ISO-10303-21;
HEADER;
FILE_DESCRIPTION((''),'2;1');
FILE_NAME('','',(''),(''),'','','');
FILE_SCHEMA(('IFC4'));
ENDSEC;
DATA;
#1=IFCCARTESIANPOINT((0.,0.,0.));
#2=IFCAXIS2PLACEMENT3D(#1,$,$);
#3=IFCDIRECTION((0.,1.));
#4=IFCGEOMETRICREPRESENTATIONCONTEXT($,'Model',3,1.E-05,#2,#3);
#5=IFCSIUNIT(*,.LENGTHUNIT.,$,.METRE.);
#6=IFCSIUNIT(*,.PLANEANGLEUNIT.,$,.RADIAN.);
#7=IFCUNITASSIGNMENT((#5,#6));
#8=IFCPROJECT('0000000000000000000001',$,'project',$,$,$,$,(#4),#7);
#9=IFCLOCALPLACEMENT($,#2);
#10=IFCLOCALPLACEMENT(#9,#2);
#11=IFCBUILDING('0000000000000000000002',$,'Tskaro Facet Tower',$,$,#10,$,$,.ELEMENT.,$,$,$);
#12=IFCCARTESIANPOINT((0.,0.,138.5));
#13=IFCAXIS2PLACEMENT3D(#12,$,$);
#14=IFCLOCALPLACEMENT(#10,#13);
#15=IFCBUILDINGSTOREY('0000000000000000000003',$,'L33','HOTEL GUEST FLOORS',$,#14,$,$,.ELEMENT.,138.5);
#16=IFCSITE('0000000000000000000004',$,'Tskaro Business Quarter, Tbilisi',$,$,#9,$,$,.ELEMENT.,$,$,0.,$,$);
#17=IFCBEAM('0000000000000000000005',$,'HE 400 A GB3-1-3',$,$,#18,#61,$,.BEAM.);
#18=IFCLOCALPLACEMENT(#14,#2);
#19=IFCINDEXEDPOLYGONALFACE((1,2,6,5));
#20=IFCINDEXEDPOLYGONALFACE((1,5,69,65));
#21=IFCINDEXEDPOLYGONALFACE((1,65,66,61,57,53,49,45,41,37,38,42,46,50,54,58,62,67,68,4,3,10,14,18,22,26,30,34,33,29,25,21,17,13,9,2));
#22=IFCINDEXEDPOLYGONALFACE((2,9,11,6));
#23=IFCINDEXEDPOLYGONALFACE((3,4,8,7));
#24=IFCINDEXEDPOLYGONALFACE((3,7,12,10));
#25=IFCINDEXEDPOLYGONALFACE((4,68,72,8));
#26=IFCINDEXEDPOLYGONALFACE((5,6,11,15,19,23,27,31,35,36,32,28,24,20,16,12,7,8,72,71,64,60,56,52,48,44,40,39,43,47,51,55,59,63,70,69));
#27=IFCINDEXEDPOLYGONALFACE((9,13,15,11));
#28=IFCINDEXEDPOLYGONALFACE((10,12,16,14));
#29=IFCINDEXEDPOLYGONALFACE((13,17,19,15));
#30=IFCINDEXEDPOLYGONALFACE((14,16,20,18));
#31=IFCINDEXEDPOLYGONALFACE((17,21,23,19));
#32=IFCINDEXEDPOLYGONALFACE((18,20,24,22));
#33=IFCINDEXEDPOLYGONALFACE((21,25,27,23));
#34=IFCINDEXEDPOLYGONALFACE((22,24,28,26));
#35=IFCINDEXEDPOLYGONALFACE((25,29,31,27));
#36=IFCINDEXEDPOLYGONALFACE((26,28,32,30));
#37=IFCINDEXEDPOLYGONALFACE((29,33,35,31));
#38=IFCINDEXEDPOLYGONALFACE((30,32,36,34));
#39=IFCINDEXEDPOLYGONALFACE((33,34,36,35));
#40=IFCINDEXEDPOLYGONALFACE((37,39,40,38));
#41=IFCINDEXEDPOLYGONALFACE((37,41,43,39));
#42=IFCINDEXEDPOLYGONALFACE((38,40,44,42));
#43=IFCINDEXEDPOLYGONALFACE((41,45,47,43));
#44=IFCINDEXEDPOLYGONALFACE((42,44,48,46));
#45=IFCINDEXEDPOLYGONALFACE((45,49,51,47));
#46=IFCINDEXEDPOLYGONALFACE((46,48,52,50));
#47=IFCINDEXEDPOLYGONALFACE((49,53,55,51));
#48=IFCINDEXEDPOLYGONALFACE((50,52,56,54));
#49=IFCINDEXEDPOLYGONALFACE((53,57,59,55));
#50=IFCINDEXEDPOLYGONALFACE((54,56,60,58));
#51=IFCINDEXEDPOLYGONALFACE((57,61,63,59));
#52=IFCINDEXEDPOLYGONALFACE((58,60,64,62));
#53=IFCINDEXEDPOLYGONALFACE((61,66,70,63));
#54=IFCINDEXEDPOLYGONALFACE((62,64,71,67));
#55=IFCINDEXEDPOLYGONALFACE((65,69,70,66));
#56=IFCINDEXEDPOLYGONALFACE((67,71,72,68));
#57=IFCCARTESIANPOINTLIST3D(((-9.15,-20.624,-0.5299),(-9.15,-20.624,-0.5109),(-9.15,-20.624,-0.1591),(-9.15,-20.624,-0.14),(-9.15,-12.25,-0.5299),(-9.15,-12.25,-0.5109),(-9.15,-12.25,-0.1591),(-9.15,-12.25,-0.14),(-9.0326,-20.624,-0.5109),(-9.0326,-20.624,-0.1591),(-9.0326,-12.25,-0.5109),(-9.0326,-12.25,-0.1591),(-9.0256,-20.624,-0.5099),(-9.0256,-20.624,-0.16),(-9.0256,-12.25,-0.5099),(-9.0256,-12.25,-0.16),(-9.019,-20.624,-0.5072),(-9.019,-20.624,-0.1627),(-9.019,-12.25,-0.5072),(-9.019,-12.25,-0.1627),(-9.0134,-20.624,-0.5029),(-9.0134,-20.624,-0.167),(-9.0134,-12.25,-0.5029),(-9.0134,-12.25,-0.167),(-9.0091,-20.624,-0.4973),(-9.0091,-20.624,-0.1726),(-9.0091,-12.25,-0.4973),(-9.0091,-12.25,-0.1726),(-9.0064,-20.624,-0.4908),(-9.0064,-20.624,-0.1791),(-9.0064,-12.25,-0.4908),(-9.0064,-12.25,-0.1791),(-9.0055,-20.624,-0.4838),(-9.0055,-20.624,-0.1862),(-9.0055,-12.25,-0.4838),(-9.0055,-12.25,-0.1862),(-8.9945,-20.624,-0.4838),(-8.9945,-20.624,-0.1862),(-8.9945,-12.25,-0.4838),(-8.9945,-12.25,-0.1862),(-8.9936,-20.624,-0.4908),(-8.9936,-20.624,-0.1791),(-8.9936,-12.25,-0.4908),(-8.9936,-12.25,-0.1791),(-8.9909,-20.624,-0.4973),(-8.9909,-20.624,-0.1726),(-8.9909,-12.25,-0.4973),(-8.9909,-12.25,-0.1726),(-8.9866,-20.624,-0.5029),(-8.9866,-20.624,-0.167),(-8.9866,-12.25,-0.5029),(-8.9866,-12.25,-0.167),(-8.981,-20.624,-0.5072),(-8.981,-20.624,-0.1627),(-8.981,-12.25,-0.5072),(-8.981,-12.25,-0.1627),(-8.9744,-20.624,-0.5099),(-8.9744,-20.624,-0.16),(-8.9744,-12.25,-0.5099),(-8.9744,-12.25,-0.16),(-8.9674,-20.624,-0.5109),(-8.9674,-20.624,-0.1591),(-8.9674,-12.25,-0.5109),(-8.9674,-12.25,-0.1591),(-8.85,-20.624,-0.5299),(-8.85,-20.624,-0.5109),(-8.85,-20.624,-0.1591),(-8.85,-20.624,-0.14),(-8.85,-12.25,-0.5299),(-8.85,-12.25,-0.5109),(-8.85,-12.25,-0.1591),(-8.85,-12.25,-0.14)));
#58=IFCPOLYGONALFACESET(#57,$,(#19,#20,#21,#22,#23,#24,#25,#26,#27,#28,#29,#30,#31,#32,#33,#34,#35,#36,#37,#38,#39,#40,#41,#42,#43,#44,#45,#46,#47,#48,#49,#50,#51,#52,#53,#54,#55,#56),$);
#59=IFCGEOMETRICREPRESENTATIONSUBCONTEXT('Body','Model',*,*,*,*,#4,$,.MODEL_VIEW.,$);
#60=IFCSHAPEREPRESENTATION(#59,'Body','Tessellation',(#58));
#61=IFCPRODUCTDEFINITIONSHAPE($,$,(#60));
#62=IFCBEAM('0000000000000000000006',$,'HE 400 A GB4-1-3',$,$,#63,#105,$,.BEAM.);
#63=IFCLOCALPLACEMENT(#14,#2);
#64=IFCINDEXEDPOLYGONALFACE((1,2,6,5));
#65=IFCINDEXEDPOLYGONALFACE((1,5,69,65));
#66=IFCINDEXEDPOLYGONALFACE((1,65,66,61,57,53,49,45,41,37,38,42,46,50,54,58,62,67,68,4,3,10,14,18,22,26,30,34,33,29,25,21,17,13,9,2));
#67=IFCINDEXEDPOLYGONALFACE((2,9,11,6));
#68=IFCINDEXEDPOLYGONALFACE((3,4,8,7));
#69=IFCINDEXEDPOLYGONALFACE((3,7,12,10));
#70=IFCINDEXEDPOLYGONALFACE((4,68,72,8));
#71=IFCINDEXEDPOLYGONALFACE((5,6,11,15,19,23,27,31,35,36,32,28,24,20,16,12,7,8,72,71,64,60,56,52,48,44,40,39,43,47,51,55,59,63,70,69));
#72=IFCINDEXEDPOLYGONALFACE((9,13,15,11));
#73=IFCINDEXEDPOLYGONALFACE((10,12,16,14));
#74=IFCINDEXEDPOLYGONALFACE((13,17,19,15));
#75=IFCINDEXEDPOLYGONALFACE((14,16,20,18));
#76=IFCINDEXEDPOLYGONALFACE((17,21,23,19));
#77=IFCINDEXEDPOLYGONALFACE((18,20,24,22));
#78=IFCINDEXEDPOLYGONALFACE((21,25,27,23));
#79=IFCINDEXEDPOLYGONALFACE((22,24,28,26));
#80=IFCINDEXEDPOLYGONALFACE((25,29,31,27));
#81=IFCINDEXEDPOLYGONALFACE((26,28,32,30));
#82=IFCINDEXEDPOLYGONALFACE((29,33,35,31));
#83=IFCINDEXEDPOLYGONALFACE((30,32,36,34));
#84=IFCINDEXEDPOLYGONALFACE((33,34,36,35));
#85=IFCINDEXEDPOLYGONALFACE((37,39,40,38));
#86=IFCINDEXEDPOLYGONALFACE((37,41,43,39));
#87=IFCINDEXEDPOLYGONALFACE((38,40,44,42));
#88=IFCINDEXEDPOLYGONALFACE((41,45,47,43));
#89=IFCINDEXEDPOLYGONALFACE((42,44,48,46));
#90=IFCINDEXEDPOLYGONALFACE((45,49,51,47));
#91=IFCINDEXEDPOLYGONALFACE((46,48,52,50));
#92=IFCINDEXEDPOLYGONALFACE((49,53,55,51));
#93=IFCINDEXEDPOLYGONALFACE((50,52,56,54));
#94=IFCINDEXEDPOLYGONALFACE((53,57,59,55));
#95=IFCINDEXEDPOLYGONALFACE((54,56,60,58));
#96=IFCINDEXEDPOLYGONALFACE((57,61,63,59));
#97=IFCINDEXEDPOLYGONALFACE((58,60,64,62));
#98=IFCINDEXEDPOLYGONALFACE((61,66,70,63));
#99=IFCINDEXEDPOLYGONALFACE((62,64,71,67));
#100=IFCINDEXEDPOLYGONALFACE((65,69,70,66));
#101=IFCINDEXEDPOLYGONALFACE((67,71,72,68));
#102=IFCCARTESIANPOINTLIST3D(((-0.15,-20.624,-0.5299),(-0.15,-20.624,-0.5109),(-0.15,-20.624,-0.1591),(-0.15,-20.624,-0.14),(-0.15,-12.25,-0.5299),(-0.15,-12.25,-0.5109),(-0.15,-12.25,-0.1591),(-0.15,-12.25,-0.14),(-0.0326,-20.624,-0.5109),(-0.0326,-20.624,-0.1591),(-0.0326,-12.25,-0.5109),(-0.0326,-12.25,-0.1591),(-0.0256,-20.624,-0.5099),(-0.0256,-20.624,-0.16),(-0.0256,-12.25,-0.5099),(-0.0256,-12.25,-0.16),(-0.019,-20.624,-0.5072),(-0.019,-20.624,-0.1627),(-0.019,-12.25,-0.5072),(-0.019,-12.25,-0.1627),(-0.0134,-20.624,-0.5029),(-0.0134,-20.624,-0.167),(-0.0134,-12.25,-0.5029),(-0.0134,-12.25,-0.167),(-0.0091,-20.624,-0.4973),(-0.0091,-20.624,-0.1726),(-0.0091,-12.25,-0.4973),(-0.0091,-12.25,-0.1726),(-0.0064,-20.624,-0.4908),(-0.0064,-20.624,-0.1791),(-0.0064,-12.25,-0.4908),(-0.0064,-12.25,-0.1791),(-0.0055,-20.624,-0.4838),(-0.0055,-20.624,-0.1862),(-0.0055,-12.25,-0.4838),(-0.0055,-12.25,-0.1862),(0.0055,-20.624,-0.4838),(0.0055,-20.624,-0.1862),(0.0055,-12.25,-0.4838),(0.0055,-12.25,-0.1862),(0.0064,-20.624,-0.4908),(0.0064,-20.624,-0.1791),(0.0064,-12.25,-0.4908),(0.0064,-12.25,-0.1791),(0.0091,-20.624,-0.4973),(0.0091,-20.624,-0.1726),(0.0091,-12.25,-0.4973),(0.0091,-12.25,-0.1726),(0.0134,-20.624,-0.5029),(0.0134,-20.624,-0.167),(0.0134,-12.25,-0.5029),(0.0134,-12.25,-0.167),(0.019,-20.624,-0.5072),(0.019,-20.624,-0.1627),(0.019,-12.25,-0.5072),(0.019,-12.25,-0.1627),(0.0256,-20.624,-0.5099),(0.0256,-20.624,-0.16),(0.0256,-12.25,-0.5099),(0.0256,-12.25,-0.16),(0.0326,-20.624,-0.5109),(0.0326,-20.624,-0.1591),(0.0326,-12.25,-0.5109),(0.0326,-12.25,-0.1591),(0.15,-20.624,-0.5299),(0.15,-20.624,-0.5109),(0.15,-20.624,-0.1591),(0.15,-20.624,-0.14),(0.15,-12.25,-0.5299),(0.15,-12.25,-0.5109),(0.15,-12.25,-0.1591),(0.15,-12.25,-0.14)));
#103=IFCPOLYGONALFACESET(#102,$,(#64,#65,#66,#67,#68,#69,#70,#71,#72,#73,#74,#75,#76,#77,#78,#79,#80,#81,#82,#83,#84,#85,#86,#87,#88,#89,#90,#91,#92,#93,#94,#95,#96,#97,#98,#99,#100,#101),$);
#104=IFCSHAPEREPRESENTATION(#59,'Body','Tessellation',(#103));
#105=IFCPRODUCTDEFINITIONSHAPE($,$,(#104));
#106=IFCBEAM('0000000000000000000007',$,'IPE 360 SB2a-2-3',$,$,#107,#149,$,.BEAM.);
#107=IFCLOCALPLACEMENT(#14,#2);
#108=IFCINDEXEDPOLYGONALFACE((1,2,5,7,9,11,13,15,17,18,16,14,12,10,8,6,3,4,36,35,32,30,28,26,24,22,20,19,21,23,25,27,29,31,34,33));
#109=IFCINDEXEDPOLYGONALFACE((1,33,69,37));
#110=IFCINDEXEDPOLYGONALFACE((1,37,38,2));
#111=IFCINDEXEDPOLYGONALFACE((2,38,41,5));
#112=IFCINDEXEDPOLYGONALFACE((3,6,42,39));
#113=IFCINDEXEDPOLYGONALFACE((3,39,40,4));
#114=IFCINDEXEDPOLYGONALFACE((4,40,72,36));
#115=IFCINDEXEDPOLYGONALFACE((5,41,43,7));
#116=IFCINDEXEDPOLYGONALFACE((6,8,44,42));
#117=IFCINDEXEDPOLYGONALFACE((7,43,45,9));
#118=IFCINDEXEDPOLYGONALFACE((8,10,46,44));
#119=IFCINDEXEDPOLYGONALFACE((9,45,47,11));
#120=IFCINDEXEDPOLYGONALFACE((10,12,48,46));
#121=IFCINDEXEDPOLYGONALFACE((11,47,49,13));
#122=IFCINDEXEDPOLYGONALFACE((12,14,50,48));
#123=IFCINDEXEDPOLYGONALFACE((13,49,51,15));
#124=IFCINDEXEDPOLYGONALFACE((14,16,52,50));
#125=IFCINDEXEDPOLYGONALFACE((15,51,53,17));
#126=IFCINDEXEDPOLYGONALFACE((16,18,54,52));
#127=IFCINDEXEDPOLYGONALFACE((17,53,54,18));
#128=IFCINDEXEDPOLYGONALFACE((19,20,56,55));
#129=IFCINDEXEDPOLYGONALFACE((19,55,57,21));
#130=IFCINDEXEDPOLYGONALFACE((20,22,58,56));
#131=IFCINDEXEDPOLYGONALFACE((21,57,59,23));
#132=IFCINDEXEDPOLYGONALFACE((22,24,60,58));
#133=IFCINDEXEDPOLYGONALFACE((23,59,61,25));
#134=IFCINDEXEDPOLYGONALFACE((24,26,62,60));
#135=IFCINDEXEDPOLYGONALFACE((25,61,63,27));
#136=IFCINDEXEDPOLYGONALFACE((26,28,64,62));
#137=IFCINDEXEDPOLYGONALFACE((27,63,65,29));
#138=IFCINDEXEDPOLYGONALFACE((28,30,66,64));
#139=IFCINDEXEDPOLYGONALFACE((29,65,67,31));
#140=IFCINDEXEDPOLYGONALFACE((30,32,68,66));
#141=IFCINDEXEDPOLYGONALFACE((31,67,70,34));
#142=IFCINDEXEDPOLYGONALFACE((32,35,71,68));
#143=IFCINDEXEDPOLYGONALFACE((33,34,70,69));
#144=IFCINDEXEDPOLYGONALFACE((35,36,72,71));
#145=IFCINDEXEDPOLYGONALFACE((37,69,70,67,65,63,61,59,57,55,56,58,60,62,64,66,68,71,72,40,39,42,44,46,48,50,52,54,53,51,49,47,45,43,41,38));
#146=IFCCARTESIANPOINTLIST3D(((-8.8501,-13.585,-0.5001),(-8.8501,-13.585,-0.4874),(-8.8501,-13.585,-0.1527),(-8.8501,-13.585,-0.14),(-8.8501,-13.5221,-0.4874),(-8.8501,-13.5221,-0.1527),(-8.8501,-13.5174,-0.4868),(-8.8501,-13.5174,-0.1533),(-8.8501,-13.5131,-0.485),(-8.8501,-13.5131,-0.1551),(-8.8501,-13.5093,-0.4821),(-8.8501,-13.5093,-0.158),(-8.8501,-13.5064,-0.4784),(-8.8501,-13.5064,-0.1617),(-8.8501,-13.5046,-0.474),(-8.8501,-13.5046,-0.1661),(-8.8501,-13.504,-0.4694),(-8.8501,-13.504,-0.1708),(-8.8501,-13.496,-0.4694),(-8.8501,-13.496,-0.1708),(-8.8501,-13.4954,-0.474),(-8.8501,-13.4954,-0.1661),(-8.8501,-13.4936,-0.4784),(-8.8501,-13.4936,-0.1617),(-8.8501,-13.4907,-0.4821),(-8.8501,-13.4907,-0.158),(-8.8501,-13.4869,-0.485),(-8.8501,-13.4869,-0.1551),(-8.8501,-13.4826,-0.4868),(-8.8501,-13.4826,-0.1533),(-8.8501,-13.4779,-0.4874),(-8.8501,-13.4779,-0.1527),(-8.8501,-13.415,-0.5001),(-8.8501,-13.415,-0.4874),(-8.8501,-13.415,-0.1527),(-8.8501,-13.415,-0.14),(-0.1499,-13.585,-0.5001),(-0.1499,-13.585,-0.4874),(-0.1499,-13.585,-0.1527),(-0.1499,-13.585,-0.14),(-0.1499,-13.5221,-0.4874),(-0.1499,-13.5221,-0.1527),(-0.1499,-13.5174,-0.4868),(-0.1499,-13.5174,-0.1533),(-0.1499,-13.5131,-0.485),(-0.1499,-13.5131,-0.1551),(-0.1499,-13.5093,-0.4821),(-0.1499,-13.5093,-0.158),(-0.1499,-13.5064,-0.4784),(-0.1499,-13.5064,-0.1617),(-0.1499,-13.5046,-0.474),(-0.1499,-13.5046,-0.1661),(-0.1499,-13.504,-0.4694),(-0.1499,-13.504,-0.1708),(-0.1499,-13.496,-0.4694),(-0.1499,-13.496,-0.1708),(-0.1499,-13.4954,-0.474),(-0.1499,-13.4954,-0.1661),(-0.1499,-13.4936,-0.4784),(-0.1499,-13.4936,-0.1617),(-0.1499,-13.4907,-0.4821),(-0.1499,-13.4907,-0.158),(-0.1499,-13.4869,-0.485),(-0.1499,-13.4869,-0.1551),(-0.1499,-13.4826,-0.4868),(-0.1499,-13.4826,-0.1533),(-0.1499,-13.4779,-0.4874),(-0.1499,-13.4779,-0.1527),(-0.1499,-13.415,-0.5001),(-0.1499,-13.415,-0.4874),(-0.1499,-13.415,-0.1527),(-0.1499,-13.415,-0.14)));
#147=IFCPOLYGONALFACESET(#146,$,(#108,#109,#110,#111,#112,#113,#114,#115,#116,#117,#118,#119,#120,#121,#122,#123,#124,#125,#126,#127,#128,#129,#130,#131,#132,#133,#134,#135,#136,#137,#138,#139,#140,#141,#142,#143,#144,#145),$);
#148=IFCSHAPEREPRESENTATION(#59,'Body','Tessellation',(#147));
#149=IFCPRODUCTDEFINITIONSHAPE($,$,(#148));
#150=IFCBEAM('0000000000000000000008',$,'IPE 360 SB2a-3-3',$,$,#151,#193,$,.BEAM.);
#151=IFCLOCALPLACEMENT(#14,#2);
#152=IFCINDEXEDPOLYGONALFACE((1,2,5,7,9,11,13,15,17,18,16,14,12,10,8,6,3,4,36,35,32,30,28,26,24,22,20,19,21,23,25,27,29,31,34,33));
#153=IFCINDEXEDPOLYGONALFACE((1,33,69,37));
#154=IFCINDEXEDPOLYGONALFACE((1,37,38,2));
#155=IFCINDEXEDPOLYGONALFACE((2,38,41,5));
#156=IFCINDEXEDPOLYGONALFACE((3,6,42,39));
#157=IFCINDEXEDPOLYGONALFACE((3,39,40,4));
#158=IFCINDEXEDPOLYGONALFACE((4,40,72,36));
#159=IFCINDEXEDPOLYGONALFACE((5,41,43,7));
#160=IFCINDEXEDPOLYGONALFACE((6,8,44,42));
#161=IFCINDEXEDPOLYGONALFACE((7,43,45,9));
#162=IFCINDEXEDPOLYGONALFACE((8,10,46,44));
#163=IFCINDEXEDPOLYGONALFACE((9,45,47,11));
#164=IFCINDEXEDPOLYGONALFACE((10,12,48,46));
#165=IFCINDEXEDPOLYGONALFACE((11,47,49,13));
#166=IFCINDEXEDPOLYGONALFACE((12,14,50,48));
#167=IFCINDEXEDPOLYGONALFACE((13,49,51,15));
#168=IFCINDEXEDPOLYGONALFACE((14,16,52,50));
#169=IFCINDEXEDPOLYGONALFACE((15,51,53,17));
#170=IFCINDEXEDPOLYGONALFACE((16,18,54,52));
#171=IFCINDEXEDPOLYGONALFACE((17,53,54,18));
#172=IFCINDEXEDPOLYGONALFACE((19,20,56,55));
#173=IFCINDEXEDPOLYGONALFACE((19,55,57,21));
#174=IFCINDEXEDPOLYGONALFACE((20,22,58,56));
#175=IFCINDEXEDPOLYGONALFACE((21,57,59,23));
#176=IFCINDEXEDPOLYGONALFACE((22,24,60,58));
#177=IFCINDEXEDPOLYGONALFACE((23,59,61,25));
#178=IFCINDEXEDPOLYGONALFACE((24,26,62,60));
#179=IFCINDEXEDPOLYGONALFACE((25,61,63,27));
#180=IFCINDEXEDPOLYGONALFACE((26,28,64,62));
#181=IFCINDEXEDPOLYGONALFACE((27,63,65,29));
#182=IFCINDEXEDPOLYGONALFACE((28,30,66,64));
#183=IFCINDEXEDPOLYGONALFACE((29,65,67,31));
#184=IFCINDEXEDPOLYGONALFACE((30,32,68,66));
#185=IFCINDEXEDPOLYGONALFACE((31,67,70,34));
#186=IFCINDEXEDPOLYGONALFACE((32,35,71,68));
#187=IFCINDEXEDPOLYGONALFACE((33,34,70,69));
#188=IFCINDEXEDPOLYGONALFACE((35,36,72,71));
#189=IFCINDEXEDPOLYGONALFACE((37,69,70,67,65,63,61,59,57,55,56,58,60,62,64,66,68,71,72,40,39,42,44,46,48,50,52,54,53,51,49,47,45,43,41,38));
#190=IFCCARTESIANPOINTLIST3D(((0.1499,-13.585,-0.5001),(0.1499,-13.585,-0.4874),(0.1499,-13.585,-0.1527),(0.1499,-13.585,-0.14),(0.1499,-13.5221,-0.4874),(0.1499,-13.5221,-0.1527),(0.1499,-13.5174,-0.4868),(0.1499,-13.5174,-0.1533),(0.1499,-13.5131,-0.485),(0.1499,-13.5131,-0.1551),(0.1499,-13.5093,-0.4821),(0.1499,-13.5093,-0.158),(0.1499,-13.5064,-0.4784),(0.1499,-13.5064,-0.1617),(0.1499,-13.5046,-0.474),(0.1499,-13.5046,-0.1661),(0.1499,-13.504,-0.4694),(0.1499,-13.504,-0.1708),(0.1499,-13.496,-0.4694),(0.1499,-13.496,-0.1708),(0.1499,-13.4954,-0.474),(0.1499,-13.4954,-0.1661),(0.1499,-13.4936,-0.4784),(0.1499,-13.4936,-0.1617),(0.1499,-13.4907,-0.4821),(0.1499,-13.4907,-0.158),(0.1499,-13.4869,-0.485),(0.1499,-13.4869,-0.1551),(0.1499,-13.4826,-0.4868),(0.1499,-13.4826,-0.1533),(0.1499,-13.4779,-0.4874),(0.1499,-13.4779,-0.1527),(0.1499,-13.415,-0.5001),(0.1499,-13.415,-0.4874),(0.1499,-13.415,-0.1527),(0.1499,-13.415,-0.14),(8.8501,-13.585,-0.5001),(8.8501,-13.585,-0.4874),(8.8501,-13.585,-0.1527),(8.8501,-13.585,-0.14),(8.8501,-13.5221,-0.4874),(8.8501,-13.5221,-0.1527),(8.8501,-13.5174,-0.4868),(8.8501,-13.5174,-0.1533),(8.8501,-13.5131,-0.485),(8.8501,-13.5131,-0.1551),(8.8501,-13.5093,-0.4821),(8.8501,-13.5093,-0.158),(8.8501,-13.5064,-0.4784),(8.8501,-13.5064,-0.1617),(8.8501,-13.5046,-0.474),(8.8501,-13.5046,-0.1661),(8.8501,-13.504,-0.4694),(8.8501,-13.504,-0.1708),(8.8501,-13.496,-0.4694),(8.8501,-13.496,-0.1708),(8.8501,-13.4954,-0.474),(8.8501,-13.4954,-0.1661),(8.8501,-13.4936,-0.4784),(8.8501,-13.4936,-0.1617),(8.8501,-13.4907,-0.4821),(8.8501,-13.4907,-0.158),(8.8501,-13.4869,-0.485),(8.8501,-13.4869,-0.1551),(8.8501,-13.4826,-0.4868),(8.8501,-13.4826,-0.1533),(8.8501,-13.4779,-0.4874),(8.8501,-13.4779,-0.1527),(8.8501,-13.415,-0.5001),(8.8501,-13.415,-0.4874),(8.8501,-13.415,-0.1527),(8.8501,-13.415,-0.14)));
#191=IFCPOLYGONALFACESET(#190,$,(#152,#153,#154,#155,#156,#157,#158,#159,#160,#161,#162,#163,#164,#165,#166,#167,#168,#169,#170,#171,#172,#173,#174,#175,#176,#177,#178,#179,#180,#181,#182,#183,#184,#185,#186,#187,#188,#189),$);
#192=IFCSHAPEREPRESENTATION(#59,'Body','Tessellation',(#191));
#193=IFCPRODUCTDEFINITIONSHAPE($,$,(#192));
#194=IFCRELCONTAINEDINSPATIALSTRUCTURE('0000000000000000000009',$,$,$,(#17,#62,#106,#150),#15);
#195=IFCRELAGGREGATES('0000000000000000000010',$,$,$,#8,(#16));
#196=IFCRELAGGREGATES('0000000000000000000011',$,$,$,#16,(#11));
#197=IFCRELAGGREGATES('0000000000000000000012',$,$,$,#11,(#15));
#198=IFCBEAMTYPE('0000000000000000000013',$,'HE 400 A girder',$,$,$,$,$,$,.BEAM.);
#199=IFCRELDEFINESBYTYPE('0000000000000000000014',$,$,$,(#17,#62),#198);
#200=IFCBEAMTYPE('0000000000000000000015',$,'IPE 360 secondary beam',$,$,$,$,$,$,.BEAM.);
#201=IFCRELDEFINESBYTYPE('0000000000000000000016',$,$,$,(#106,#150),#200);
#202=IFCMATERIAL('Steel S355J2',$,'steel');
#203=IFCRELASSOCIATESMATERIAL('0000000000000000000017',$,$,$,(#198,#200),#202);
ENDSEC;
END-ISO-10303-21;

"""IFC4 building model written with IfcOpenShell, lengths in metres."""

from ifc_helpers import new_model, si_unit, direction, frame, origin, origin_2d, place, context, subcontext, project, spatial, i_section, extrude, material, material_profile, profile_set, type_object, element, save


model = new_model("IFC4")

# Units and contexts
model_context = context("Model", 3, precision=1e-05, world=origin(), true_north=direction((0.0, 1.0)))
body_context = subcontext(model_context, "Body", "Model", "MODEL_VIEW")
ifc_project = project(units=[si_unit("LENGTHUNIT", "METRE"), si_unit("PLANEANGLEUNIT", "RADIAN")], contexts=[model_context])

# Site, building, storey
site_placement = place(None, origin())
site = spatial("IfcSite", under=ifc_project, at=site_placement, Name="Tskaro Business Quarter, Tbilisi", CompositionType="ELEMENT", RefElevation=0.0)
building_placement = place(site_placement, origin())
building = spatial("IfcBuilding", under=site, at=building_placement, Name="Tskaro Facet Tower", CompositionType="ELEMENT")
storey_placement = place(building_placement, frame((0.0, 0.0, 138.5)))
storey = spatial("IfcBuildingStorey", under=building, at=storey_placement, Name="L33", Description="HOTEL GUEST FLOORS", CompositionType="ELEMENT", Elevation=138.5)

# Beams
ifc_material_1 = material(Name="Steel S355J2", Category="steel")
ifc_material_profile_1 = material_profile(ifc_material_1, i_section(OverallWidth=0.3, OverallDepth=0.3899, WebThickness=0.011, FlangeThickness=0.019, FilletRadius=0.0271, at=origin_2d()), Name="HE 400 A")
ifc_profile_set_1 = profile_set([ifc_material_profile_1], Name="Steel S355J2")
beam_type_1 = type_object("IfcBeamType", Name="HE 400 A girder", PredefinedType="BEAM", material=ifc_profile_set_1)
for number, where, z_axis, x_axis, name in (
    (1, (-9.0, -20.624, -0.335), (0.0, 1.0, 0.0), (-1.0, 0.0, 0.0), "HE 400 A GB3-1-3"),
    (2, (0.0, -20.624, -0.335), (0.0, 1.0, 0.0), (-1.0, 0.0, 0.0), "HE 400 A GB4-1-3"),
):
    element("IfcBeam", number, at=place(storey_placement, frame(where, z_axis=z_axis, x_axis=x_axis)), inside=storey, type_object=beam_type_1, Name=name, PredefinedType="BEAM", context=body_context, shape_type="SweptSolid", body=[
        extrude(i_section(OverallWidth=0.3, OverallDepth=0.3899, WebThickness=0.011, FlangeThickness=0.019, FilletRadius=0.0271, at=origin_2d()), origin(), (0.0, 0.0, 1.0), 8.374),
    ])
ifc_material_profile_2 = material_profile(ifc_material_1, i_section(OverallWidth=0.1699, OverallDepth=0.3601, WebThickness=0.0081, FlangeThickness=0.0127, FilletRadius=0.0181, at=origin_2d()), Name="IPE 360")
ifc_profile_set_2 = profile_set([ifc_material_profile_2], Name="Steel S355J2")
beam_type_2 = type_object("IfcBeamType", Name="IPE 360 secondary beam", PredefinedType="BEAM", material=ifc_profile_set_2)
for number, where, z_axis, x_axis, name in (
    (3, (-8.8501, -13.5, -0.3201), (1.0, 0.0, 0.0), (0.0, 1.0, 0.0), "IPE 360 SB2a-2-3"),
    (4, (0.1499, -13.5, -0.3201), (1.0, 0.0, 0.0), (0.0, 1.0, 0.0), "IPE 360 SB2a-3-3"),
):
    element("IfcBeam", number, at=place(storey_placement, frame(where, z_axis=z_axis, x_axis=x_axis)), inside=storey, type_object=beam_type_2, Name=name, PredefinedType="BEAM", context=body_context, shape_type="SweptSolid", body=[
        extrude(i_section(OverallWidth=0.1699, OverallDepth=0.3601, WebThickness=0.0081, FlangeThickness=0.0127, FilletRadius=0.0181, at=origin_2d()), origin(), (0.0, 0.0, 1.0), 8.7002),
    ])

save(model, "model.ifc")
